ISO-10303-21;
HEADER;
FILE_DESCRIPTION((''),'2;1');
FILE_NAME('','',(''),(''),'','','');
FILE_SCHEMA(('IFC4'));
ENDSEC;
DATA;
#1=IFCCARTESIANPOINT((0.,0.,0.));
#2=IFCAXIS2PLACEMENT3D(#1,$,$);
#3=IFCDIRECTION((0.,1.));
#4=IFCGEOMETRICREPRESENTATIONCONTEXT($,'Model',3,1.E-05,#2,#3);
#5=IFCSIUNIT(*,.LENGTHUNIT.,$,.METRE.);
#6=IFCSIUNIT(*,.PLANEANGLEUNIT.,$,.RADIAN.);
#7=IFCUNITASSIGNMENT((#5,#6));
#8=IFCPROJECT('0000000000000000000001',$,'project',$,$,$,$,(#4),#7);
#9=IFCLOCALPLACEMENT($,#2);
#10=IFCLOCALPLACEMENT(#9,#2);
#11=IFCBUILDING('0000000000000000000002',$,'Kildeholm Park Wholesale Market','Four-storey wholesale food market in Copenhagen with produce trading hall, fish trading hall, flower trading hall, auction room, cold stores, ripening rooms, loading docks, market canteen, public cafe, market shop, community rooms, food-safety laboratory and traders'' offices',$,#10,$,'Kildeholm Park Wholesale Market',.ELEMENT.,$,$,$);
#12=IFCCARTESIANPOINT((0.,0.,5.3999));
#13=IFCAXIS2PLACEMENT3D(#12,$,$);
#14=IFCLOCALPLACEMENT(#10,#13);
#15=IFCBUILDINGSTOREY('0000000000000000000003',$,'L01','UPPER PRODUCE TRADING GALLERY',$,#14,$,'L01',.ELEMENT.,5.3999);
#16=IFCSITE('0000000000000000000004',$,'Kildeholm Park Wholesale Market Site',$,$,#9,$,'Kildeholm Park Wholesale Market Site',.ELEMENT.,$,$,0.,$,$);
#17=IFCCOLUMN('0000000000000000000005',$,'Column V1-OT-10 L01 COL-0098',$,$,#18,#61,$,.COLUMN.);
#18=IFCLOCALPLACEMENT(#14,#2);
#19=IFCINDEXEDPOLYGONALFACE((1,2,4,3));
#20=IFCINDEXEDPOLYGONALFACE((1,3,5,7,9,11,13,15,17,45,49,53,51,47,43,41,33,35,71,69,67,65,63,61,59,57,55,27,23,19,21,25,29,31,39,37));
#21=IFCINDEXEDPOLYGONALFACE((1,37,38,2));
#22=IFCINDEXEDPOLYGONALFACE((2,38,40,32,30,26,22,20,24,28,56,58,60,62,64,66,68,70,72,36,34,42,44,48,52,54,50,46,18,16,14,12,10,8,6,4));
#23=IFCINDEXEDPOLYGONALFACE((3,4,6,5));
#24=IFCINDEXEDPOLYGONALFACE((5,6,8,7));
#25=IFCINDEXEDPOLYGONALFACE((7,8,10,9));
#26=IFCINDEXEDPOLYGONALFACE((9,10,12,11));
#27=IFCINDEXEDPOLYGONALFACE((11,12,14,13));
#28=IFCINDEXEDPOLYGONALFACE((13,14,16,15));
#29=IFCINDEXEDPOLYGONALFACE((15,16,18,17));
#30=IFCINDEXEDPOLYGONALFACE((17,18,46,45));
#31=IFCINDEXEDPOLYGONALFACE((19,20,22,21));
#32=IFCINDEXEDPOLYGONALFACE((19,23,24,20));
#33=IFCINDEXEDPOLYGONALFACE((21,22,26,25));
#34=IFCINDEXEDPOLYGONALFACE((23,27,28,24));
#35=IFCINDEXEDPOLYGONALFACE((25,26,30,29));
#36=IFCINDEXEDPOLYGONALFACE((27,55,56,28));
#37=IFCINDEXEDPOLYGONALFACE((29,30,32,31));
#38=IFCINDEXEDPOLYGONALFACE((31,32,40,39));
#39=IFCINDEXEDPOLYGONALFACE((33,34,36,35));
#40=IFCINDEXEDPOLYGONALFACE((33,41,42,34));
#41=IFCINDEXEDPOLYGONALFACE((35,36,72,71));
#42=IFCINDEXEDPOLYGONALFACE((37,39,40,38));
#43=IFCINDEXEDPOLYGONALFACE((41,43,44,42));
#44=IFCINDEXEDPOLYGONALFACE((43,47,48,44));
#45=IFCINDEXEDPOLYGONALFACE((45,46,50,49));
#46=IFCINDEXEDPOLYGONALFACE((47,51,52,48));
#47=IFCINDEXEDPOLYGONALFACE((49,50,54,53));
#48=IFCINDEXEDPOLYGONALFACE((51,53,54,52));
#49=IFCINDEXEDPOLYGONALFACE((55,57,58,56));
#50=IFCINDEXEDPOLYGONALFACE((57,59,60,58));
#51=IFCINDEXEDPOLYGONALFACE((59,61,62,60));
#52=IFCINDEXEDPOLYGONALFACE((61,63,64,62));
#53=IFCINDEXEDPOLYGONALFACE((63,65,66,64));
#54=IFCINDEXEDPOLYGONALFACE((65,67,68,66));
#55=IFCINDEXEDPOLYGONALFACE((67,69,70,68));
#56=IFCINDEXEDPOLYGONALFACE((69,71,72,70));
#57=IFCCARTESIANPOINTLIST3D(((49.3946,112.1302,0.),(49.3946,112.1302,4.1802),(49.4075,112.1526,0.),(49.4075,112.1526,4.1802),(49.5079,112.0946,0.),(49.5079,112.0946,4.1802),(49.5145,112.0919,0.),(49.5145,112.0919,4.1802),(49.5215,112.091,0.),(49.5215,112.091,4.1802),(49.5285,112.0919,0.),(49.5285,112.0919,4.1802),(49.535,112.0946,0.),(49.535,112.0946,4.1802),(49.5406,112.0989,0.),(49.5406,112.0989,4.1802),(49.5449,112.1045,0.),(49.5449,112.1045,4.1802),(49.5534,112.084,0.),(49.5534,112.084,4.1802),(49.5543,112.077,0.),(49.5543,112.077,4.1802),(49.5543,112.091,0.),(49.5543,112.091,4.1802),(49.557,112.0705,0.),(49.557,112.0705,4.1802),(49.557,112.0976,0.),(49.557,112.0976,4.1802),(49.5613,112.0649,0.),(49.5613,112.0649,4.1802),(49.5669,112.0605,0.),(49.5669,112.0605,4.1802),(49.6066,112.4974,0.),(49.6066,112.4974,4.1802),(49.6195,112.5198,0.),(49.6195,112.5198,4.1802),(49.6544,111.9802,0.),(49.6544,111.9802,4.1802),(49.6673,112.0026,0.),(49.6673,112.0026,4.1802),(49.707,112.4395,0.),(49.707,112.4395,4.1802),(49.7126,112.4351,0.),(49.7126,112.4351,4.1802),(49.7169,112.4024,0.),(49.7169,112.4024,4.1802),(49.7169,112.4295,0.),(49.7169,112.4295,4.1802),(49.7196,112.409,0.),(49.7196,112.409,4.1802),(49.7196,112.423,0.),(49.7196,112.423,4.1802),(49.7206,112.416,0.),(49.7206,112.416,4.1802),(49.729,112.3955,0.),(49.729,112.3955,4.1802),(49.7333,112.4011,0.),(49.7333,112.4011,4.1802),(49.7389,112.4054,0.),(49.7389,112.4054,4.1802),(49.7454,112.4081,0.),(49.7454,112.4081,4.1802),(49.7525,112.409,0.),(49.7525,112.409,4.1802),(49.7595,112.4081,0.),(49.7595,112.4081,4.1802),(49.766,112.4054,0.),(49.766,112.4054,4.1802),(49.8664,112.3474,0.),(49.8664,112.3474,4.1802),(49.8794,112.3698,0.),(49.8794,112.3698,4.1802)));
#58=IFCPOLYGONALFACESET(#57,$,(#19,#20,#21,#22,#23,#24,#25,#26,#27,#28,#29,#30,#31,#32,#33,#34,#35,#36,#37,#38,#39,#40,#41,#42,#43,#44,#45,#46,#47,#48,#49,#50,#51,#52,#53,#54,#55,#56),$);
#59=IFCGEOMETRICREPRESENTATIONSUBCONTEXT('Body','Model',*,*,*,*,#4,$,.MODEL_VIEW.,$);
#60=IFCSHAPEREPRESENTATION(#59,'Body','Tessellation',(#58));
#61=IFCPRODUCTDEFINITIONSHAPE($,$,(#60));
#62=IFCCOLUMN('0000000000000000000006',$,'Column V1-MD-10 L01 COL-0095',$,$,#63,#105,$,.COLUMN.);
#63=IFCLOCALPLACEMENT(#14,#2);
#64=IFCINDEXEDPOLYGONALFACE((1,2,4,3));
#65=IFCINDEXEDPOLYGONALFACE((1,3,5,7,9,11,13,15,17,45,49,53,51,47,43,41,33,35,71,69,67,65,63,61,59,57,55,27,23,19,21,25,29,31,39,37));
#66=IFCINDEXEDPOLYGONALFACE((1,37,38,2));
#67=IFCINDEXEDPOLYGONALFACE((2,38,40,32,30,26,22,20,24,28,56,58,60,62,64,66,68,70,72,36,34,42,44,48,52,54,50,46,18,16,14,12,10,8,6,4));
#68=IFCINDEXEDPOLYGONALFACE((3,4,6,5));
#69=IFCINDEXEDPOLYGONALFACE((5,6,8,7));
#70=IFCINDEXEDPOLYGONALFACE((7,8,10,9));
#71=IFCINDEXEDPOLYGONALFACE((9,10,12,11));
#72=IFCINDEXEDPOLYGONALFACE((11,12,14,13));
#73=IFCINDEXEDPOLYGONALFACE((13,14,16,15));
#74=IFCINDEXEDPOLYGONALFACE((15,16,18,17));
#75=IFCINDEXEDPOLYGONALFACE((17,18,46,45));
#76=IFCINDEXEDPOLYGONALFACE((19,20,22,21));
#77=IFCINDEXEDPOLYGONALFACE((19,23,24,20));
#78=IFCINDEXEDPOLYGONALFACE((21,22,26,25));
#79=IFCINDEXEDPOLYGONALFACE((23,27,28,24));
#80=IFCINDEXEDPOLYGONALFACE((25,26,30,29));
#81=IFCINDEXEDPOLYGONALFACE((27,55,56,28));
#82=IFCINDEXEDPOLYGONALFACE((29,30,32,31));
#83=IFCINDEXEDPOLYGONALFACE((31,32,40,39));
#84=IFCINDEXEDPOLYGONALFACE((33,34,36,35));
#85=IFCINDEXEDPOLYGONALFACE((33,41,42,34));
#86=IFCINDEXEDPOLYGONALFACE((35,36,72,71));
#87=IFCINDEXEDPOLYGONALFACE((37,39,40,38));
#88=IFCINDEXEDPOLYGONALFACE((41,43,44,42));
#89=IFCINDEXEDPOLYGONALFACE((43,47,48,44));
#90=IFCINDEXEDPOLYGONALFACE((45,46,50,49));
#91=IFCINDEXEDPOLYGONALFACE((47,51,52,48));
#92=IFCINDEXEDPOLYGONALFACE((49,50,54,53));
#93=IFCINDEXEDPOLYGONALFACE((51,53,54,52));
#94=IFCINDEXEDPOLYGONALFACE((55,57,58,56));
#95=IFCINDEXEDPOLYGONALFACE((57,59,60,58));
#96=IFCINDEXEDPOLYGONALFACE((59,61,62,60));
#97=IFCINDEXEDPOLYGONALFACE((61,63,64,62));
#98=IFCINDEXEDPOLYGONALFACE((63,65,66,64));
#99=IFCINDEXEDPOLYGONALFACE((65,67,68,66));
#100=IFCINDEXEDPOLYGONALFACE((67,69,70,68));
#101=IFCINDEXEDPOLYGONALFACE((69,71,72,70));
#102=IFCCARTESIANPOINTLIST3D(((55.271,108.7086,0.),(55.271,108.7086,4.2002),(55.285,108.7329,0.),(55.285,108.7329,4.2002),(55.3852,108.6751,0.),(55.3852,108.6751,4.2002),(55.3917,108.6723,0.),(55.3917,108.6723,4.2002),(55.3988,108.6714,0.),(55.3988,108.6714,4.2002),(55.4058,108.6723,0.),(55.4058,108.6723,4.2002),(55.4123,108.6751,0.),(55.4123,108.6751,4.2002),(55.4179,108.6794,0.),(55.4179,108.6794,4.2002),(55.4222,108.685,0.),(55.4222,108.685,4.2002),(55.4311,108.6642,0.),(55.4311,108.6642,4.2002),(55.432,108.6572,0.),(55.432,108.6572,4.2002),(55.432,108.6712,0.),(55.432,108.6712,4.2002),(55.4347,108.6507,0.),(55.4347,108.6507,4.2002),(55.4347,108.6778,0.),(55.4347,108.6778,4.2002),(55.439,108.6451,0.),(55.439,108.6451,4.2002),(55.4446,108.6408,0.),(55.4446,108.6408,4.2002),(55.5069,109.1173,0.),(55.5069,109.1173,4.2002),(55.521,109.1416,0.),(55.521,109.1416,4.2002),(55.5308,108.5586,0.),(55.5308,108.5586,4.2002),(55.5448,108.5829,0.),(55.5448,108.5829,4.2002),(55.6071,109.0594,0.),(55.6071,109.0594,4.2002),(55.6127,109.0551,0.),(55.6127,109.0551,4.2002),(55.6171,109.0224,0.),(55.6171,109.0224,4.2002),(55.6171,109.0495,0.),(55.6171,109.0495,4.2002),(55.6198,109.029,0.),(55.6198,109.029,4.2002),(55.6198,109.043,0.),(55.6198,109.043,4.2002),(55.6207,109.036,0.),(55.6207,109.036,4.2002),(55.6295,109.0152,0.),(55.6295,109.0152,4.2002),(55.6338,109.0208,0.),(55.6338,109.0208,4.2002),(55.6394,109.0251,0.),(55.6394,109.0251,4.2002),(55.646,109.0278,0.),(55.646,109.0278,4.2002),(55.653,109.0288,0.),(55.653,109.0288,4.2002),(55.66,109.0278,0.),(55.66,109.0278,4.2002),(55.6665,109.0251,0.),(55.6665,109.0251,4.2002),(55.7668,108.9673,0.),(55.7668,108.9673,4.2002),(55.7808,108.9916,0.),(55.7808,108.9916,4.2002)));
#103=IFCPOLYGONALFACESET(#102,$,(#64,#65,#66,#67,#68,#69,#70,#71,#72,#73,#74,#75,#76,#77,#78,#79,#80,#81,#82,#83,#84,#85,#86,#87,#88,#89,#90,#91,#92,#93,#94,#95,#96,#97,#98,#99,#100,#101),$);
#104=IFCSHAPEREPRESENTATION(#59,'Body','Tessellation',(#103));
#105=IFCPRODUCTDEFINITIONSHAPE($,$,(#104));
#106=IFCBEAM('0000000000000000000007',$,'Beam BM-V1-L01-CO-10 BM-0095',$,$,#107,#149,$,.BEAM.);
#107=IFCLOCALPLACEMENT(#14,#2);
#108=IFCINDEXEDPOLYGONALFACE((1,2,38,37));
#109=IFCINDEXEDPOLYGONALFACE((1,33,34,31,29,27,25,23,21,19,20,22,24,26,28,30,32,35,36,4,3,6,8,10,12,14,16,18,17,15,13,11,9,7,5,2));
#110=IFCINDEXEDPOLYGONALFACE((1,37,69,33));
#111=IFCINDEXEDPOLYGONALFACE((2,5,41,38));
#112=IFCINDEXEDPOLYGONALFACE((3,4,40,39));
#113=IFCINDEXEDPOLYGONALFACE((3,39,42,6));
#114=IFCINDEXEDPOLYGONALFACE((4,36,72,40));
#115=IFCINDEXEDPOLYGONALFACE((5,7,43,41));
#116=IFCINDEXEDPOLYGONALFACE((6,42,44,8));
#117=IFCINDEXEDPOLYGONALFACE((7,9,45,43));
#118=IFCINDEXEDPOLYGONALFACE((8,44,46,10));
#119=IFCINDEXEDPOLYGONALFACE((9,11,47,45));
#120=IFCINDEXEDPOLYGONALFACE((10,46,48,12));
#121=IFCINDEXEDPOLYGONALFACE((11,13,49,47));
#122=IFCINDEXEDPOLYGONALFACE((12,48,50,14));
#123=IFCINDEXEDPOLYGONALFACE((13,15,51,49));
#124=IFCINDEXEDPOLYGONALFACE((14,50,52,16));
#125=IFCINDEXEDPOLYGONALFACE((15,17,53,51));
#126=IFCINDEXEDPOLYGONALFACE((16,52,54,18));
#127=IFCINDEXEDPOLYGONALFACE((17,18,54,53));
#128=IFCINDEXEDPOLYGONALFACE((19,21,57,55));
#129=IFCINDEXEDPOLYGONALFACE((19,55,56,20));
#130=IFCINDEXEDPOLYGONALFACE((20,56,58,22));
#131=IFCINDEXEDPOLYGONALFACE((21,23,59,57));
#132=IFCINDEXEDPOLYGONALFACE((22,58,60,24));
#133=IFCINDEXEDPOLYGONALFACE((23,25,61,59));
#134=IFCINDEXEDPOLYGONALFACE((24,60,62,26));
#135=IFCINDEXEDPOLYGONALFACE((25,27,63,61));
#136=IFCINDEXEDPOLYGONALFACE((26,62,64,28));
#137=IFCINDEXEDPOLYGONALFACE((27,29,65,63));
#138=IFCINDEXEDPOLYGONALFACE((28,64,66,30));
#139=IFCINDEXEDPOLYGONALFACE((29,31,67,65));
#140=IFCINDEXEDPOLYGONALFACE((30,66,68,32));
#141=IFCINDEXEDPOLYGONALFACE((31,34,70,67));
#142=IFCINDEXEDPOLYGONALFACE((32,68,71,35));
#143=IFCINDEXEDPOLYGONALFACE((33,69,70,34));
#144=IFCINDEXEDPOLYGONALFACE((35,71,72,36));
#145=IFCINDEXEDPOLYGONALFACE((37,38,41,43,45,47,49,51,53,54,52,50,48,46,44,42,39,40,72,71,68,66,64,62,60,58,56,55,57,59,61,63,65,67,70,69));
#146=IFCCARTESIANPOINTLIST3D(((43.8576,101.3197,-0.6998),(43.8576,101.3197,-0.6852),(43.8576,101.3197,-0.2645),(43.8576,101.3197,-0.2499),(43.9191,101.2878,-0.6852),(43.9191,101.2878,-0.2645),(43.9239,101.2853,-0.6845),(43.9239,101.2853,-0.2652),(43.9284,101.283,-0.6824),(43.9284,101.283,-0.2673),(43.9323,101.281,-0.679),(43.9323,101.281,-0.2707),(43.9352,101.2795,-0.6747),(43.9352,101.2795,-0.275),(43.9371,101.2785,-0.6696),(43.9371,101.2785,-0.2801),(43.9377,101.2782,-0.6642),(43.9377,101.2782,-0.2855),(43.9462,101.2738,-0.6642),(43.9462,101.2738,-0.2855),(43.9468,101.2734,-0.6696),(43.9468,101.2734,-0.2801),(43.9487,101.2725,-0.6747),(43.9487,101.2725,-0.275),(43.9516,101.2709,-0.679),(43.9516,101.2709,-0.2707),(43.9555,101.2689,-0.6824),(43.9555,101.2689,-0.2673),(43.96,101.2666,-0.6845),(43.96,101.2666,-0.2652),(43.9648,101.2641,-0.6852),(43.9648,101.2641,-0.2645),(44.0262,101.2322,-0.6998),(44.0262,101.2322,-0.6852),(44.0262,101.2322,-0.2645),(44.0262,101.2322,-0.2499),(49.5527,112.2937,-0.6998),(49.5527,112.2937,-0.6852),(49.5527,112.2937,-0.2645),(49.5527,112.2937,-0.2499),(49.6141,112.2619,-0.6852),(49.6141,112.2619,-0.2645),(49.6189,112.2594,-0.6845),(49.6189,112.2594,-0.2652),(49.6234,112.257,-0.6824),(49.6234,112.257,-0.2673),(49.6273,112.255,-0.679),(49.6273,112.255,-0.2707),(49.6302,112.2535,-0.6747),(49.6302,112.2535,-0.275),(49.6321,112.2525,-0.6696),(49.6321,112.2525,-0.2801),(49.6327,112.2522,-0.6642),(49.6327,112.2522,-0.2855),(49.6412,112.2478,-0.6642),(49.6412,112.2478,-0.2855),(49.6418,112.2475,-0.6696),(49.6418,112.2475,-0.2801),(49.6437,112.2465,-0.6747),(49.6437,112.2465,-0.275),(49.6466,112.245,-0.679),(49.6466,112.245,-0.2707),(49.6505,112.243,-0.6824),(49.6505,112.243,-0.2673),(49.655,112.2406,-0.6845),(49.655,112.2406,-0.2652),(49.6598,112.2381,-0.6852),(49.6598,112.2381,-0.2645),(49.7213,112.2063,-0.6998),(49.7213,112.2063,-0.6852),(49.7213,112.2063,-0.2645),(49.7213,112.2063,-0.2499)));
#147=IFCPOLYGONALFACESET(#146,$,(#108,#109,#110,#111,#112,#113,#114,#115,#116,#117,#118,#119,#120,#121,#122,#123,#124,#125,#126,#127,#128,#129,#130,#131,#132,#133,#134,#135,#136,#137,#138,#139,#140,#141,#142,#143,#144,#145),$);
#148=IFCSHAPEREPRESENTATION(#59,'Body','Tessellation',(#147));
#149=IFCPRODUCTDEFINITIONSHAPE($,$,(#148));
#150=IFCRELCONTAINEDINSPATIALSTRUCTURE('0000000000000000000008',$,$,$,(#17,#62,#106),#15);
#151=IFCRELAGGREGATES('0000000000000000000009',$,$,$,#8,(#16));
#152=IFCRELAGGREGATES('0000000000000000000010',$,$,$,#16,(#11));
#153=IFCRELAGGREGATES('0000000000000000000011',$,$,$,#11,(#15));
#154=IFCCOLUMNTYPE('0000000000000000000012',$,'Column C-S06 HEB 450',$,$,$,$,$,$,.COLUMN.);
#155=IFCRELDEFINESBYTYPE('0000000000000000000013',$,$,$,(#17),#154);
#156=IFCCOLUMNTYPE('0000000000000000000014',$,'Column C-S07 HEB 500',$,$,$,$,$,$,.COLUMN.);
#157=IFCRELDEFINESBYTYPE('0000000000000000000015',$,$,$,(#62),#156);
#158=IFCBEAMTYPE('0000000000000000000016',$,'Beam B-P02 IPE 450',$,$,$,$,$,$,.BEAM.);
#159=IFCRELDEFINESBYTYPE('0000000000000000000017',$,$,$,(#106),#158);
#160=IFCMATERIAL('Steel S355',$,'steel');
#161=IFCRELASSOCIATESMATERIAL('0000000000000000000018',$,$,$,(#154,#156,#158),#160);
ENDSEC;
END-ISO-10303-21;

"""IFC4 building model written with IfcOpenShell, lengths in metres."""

from ifc_helpers import new_model, si_unit, direction, frame, origin, origin_2d, place, context, subcontext, project, spatial, i_section, extrude, material, material_profile, profile_set, type_object, element, save


model = new_model("IFC4")

# Units and contexts
model_context = context("Model", 3, precision=1e-05, world=origin(), true_north=direction((0.0, 1.0)))
body_context = subcontext(model_context, "Body", "Model", "MODEL_VIEW")
ifc_project = project(units=[si_unit("LENGTHUNIT", "METRE"), si_unit("PLANEANGLEUNIT", "RADIAN")], contexts=[model_context])

# Site, building, storey
site_placement = place(None, origin())
site = spatial("IfcSite", under=ifc_project, at=site_placement, Name="Kildeholm Park Wholesale Market Site", LongName="Kildeholm Park Wholesale Market Site", CompositionType="ELEMENT", RefElevation=0.0)
building_placement = place(site_placement, origin())
building = spatial("IfcBuilding", under=site, at=building_placement, Name="Kildeholm Park Wholesale Market", Description="Four-storey wholesale food market in Copenhagen with produce trading hall, fish trading hall, flower trading hall, auction room, cold stores, ripening rooms, loading docks, market canteen, public cafe, market shop, community rooms, food-safety laboratory and traders' offices", LongName="Kildeholm Park Wholesale Market", CompositionType="ELEMENT")
storey_placement = place(building_placement, frame((0.0, 0.0, 5.3999)))
storey = spatial("IfcBuildingStorey", under=building, at=storey_placement, Name="L01", Description="UPPER PRODUCE TRADING GALLERY", LongName="L01", CompositionType="ELEMENT", Elevation=5.3999)

# Columns
ifc_material_1 = material(Name="Steel S355", Category="steel")
ifc_material_profile_1 = material_profile(ifc_material_1, i_section(OverallWidth=0.3, OverallDepth=0.45, WebThickness=0.0139, FlangeThickness=0.0259, FilletRadius=0.0271, at=origin_2d()), Name="HEB 450")
ifc_profile_set_1 = profile_set([ifc_material_profile_1], Name="Steel S355")
column_type_1 = type_object("IfcColumnType", Name="Column C-S06 HEB 450", PredefinedType="COLUMN", material=ifc_profile_set_1)
column_1_placement = place(storey_placement, frame((49.637, 112.25, 0.0), z_axis=(0.0, 0.0, 1.0), x_axis=(-0.866025, 0.5, 0.0)))
element("IfcColumn", 1, at=column_1_placement, inside=storey, type_object=column_type_1, Name="Column V1-OT-10 L01 COL-0098", PredefinedType="COLUMN", context=body_context, shape_type="SweptSolid", body=[
    extrude(i_section(OverallWidth=0.3, OverallDepth=0.45, WebThickness=0.0139, FlangeThickness=0.0259, FilletRadius=0.0271, at=origin_2d()), origin(), (0.0, 0.0, 1.0), 4.1802),
])
ifc_material_profile_2 = material_profile(ifc_material_1, i_section(OverallWidth=0.3, OverallDepth=0.5, WebThickness=0.0144, FlangeThickness=0.0281, FilletRadius=0.0271, at=origin_2d()), Name="HEB 500")
ifc_profile_set_2 = profile_set([ifc_material_profile_2], Name="Steel S355")
column_type_2 = type_object("IfcColumnType", Name="Column C-S07 HEB 500", PredefinedType="COLUMN", material=ifc_profile_set_2)
column_2_placement = place(storey_placement, frame((55.5259, 108.8501, 0.0), z_axis=(0.0, 0.0, 1.0), x_axis=(-0.866025, 0.5, 0.0)))
element("IfcColumn", 2, at=column_2_placement, inside=storey, type_object=column_type_2, Name="Column V1-MD-10 L01 COL-0095", PredefinedType="COLUMN", context=body_context, shape_type="SweptSolid", body=[
    extrude(i_section(OverallWidth=0.3, OverallDepth=0.5, WebThickness=0.0144, FlangeThickness=0.0281, FilletRadius=0.0271, at=origin_2d()), origin(), (0.0, 0.0, 1.0), 4.2002),
])

# Beam
ifc_material_profile_3 = material_profile(ifc_material_1, i_section(OverallWidth=0.1899, OverallDepth=0.45, WebThickness=0.0095, FlangeThickness=0.0146, FilletRadius=0.021, at=origin_2d()), Name="IPE 450")
ifc_profile_set_3 = profile_set([ifc_material_profile_3], Name="Steel S355")
beam_type_1 = type_object("IfcBeamType", Name="Beam B-P02 IPE 450", PredefinedType="BEAM", material=ifc_profile_set_3)
beam_1_placement = place(storey_placement, frame((49.637, 112.25, -0.4749), z_axis=(-0.460622, -0.887596, 0.0), x_axis=(0.887596, -0.460622, 0.0)))
element("IfcBeam", 3, at=beam_1_placement, inside=storey, type_object=beam_type_1, Name="Beam BM-V1-L01-CO-10 BM-0095", PredefinedType="BEAM", context=body_context, shape_type="SweptSolid", body=[
    extrude(i_section(OverallWidth=0.1899, OverallDepth=0.45, WebThickness=0.0095, FlangeThickness=0.0146, FilletRadius=0.021, at=origin_2d()), origin(), (0.0, 0.0, 1.0), 12.3638),
])

save(model, "model.ifc")
